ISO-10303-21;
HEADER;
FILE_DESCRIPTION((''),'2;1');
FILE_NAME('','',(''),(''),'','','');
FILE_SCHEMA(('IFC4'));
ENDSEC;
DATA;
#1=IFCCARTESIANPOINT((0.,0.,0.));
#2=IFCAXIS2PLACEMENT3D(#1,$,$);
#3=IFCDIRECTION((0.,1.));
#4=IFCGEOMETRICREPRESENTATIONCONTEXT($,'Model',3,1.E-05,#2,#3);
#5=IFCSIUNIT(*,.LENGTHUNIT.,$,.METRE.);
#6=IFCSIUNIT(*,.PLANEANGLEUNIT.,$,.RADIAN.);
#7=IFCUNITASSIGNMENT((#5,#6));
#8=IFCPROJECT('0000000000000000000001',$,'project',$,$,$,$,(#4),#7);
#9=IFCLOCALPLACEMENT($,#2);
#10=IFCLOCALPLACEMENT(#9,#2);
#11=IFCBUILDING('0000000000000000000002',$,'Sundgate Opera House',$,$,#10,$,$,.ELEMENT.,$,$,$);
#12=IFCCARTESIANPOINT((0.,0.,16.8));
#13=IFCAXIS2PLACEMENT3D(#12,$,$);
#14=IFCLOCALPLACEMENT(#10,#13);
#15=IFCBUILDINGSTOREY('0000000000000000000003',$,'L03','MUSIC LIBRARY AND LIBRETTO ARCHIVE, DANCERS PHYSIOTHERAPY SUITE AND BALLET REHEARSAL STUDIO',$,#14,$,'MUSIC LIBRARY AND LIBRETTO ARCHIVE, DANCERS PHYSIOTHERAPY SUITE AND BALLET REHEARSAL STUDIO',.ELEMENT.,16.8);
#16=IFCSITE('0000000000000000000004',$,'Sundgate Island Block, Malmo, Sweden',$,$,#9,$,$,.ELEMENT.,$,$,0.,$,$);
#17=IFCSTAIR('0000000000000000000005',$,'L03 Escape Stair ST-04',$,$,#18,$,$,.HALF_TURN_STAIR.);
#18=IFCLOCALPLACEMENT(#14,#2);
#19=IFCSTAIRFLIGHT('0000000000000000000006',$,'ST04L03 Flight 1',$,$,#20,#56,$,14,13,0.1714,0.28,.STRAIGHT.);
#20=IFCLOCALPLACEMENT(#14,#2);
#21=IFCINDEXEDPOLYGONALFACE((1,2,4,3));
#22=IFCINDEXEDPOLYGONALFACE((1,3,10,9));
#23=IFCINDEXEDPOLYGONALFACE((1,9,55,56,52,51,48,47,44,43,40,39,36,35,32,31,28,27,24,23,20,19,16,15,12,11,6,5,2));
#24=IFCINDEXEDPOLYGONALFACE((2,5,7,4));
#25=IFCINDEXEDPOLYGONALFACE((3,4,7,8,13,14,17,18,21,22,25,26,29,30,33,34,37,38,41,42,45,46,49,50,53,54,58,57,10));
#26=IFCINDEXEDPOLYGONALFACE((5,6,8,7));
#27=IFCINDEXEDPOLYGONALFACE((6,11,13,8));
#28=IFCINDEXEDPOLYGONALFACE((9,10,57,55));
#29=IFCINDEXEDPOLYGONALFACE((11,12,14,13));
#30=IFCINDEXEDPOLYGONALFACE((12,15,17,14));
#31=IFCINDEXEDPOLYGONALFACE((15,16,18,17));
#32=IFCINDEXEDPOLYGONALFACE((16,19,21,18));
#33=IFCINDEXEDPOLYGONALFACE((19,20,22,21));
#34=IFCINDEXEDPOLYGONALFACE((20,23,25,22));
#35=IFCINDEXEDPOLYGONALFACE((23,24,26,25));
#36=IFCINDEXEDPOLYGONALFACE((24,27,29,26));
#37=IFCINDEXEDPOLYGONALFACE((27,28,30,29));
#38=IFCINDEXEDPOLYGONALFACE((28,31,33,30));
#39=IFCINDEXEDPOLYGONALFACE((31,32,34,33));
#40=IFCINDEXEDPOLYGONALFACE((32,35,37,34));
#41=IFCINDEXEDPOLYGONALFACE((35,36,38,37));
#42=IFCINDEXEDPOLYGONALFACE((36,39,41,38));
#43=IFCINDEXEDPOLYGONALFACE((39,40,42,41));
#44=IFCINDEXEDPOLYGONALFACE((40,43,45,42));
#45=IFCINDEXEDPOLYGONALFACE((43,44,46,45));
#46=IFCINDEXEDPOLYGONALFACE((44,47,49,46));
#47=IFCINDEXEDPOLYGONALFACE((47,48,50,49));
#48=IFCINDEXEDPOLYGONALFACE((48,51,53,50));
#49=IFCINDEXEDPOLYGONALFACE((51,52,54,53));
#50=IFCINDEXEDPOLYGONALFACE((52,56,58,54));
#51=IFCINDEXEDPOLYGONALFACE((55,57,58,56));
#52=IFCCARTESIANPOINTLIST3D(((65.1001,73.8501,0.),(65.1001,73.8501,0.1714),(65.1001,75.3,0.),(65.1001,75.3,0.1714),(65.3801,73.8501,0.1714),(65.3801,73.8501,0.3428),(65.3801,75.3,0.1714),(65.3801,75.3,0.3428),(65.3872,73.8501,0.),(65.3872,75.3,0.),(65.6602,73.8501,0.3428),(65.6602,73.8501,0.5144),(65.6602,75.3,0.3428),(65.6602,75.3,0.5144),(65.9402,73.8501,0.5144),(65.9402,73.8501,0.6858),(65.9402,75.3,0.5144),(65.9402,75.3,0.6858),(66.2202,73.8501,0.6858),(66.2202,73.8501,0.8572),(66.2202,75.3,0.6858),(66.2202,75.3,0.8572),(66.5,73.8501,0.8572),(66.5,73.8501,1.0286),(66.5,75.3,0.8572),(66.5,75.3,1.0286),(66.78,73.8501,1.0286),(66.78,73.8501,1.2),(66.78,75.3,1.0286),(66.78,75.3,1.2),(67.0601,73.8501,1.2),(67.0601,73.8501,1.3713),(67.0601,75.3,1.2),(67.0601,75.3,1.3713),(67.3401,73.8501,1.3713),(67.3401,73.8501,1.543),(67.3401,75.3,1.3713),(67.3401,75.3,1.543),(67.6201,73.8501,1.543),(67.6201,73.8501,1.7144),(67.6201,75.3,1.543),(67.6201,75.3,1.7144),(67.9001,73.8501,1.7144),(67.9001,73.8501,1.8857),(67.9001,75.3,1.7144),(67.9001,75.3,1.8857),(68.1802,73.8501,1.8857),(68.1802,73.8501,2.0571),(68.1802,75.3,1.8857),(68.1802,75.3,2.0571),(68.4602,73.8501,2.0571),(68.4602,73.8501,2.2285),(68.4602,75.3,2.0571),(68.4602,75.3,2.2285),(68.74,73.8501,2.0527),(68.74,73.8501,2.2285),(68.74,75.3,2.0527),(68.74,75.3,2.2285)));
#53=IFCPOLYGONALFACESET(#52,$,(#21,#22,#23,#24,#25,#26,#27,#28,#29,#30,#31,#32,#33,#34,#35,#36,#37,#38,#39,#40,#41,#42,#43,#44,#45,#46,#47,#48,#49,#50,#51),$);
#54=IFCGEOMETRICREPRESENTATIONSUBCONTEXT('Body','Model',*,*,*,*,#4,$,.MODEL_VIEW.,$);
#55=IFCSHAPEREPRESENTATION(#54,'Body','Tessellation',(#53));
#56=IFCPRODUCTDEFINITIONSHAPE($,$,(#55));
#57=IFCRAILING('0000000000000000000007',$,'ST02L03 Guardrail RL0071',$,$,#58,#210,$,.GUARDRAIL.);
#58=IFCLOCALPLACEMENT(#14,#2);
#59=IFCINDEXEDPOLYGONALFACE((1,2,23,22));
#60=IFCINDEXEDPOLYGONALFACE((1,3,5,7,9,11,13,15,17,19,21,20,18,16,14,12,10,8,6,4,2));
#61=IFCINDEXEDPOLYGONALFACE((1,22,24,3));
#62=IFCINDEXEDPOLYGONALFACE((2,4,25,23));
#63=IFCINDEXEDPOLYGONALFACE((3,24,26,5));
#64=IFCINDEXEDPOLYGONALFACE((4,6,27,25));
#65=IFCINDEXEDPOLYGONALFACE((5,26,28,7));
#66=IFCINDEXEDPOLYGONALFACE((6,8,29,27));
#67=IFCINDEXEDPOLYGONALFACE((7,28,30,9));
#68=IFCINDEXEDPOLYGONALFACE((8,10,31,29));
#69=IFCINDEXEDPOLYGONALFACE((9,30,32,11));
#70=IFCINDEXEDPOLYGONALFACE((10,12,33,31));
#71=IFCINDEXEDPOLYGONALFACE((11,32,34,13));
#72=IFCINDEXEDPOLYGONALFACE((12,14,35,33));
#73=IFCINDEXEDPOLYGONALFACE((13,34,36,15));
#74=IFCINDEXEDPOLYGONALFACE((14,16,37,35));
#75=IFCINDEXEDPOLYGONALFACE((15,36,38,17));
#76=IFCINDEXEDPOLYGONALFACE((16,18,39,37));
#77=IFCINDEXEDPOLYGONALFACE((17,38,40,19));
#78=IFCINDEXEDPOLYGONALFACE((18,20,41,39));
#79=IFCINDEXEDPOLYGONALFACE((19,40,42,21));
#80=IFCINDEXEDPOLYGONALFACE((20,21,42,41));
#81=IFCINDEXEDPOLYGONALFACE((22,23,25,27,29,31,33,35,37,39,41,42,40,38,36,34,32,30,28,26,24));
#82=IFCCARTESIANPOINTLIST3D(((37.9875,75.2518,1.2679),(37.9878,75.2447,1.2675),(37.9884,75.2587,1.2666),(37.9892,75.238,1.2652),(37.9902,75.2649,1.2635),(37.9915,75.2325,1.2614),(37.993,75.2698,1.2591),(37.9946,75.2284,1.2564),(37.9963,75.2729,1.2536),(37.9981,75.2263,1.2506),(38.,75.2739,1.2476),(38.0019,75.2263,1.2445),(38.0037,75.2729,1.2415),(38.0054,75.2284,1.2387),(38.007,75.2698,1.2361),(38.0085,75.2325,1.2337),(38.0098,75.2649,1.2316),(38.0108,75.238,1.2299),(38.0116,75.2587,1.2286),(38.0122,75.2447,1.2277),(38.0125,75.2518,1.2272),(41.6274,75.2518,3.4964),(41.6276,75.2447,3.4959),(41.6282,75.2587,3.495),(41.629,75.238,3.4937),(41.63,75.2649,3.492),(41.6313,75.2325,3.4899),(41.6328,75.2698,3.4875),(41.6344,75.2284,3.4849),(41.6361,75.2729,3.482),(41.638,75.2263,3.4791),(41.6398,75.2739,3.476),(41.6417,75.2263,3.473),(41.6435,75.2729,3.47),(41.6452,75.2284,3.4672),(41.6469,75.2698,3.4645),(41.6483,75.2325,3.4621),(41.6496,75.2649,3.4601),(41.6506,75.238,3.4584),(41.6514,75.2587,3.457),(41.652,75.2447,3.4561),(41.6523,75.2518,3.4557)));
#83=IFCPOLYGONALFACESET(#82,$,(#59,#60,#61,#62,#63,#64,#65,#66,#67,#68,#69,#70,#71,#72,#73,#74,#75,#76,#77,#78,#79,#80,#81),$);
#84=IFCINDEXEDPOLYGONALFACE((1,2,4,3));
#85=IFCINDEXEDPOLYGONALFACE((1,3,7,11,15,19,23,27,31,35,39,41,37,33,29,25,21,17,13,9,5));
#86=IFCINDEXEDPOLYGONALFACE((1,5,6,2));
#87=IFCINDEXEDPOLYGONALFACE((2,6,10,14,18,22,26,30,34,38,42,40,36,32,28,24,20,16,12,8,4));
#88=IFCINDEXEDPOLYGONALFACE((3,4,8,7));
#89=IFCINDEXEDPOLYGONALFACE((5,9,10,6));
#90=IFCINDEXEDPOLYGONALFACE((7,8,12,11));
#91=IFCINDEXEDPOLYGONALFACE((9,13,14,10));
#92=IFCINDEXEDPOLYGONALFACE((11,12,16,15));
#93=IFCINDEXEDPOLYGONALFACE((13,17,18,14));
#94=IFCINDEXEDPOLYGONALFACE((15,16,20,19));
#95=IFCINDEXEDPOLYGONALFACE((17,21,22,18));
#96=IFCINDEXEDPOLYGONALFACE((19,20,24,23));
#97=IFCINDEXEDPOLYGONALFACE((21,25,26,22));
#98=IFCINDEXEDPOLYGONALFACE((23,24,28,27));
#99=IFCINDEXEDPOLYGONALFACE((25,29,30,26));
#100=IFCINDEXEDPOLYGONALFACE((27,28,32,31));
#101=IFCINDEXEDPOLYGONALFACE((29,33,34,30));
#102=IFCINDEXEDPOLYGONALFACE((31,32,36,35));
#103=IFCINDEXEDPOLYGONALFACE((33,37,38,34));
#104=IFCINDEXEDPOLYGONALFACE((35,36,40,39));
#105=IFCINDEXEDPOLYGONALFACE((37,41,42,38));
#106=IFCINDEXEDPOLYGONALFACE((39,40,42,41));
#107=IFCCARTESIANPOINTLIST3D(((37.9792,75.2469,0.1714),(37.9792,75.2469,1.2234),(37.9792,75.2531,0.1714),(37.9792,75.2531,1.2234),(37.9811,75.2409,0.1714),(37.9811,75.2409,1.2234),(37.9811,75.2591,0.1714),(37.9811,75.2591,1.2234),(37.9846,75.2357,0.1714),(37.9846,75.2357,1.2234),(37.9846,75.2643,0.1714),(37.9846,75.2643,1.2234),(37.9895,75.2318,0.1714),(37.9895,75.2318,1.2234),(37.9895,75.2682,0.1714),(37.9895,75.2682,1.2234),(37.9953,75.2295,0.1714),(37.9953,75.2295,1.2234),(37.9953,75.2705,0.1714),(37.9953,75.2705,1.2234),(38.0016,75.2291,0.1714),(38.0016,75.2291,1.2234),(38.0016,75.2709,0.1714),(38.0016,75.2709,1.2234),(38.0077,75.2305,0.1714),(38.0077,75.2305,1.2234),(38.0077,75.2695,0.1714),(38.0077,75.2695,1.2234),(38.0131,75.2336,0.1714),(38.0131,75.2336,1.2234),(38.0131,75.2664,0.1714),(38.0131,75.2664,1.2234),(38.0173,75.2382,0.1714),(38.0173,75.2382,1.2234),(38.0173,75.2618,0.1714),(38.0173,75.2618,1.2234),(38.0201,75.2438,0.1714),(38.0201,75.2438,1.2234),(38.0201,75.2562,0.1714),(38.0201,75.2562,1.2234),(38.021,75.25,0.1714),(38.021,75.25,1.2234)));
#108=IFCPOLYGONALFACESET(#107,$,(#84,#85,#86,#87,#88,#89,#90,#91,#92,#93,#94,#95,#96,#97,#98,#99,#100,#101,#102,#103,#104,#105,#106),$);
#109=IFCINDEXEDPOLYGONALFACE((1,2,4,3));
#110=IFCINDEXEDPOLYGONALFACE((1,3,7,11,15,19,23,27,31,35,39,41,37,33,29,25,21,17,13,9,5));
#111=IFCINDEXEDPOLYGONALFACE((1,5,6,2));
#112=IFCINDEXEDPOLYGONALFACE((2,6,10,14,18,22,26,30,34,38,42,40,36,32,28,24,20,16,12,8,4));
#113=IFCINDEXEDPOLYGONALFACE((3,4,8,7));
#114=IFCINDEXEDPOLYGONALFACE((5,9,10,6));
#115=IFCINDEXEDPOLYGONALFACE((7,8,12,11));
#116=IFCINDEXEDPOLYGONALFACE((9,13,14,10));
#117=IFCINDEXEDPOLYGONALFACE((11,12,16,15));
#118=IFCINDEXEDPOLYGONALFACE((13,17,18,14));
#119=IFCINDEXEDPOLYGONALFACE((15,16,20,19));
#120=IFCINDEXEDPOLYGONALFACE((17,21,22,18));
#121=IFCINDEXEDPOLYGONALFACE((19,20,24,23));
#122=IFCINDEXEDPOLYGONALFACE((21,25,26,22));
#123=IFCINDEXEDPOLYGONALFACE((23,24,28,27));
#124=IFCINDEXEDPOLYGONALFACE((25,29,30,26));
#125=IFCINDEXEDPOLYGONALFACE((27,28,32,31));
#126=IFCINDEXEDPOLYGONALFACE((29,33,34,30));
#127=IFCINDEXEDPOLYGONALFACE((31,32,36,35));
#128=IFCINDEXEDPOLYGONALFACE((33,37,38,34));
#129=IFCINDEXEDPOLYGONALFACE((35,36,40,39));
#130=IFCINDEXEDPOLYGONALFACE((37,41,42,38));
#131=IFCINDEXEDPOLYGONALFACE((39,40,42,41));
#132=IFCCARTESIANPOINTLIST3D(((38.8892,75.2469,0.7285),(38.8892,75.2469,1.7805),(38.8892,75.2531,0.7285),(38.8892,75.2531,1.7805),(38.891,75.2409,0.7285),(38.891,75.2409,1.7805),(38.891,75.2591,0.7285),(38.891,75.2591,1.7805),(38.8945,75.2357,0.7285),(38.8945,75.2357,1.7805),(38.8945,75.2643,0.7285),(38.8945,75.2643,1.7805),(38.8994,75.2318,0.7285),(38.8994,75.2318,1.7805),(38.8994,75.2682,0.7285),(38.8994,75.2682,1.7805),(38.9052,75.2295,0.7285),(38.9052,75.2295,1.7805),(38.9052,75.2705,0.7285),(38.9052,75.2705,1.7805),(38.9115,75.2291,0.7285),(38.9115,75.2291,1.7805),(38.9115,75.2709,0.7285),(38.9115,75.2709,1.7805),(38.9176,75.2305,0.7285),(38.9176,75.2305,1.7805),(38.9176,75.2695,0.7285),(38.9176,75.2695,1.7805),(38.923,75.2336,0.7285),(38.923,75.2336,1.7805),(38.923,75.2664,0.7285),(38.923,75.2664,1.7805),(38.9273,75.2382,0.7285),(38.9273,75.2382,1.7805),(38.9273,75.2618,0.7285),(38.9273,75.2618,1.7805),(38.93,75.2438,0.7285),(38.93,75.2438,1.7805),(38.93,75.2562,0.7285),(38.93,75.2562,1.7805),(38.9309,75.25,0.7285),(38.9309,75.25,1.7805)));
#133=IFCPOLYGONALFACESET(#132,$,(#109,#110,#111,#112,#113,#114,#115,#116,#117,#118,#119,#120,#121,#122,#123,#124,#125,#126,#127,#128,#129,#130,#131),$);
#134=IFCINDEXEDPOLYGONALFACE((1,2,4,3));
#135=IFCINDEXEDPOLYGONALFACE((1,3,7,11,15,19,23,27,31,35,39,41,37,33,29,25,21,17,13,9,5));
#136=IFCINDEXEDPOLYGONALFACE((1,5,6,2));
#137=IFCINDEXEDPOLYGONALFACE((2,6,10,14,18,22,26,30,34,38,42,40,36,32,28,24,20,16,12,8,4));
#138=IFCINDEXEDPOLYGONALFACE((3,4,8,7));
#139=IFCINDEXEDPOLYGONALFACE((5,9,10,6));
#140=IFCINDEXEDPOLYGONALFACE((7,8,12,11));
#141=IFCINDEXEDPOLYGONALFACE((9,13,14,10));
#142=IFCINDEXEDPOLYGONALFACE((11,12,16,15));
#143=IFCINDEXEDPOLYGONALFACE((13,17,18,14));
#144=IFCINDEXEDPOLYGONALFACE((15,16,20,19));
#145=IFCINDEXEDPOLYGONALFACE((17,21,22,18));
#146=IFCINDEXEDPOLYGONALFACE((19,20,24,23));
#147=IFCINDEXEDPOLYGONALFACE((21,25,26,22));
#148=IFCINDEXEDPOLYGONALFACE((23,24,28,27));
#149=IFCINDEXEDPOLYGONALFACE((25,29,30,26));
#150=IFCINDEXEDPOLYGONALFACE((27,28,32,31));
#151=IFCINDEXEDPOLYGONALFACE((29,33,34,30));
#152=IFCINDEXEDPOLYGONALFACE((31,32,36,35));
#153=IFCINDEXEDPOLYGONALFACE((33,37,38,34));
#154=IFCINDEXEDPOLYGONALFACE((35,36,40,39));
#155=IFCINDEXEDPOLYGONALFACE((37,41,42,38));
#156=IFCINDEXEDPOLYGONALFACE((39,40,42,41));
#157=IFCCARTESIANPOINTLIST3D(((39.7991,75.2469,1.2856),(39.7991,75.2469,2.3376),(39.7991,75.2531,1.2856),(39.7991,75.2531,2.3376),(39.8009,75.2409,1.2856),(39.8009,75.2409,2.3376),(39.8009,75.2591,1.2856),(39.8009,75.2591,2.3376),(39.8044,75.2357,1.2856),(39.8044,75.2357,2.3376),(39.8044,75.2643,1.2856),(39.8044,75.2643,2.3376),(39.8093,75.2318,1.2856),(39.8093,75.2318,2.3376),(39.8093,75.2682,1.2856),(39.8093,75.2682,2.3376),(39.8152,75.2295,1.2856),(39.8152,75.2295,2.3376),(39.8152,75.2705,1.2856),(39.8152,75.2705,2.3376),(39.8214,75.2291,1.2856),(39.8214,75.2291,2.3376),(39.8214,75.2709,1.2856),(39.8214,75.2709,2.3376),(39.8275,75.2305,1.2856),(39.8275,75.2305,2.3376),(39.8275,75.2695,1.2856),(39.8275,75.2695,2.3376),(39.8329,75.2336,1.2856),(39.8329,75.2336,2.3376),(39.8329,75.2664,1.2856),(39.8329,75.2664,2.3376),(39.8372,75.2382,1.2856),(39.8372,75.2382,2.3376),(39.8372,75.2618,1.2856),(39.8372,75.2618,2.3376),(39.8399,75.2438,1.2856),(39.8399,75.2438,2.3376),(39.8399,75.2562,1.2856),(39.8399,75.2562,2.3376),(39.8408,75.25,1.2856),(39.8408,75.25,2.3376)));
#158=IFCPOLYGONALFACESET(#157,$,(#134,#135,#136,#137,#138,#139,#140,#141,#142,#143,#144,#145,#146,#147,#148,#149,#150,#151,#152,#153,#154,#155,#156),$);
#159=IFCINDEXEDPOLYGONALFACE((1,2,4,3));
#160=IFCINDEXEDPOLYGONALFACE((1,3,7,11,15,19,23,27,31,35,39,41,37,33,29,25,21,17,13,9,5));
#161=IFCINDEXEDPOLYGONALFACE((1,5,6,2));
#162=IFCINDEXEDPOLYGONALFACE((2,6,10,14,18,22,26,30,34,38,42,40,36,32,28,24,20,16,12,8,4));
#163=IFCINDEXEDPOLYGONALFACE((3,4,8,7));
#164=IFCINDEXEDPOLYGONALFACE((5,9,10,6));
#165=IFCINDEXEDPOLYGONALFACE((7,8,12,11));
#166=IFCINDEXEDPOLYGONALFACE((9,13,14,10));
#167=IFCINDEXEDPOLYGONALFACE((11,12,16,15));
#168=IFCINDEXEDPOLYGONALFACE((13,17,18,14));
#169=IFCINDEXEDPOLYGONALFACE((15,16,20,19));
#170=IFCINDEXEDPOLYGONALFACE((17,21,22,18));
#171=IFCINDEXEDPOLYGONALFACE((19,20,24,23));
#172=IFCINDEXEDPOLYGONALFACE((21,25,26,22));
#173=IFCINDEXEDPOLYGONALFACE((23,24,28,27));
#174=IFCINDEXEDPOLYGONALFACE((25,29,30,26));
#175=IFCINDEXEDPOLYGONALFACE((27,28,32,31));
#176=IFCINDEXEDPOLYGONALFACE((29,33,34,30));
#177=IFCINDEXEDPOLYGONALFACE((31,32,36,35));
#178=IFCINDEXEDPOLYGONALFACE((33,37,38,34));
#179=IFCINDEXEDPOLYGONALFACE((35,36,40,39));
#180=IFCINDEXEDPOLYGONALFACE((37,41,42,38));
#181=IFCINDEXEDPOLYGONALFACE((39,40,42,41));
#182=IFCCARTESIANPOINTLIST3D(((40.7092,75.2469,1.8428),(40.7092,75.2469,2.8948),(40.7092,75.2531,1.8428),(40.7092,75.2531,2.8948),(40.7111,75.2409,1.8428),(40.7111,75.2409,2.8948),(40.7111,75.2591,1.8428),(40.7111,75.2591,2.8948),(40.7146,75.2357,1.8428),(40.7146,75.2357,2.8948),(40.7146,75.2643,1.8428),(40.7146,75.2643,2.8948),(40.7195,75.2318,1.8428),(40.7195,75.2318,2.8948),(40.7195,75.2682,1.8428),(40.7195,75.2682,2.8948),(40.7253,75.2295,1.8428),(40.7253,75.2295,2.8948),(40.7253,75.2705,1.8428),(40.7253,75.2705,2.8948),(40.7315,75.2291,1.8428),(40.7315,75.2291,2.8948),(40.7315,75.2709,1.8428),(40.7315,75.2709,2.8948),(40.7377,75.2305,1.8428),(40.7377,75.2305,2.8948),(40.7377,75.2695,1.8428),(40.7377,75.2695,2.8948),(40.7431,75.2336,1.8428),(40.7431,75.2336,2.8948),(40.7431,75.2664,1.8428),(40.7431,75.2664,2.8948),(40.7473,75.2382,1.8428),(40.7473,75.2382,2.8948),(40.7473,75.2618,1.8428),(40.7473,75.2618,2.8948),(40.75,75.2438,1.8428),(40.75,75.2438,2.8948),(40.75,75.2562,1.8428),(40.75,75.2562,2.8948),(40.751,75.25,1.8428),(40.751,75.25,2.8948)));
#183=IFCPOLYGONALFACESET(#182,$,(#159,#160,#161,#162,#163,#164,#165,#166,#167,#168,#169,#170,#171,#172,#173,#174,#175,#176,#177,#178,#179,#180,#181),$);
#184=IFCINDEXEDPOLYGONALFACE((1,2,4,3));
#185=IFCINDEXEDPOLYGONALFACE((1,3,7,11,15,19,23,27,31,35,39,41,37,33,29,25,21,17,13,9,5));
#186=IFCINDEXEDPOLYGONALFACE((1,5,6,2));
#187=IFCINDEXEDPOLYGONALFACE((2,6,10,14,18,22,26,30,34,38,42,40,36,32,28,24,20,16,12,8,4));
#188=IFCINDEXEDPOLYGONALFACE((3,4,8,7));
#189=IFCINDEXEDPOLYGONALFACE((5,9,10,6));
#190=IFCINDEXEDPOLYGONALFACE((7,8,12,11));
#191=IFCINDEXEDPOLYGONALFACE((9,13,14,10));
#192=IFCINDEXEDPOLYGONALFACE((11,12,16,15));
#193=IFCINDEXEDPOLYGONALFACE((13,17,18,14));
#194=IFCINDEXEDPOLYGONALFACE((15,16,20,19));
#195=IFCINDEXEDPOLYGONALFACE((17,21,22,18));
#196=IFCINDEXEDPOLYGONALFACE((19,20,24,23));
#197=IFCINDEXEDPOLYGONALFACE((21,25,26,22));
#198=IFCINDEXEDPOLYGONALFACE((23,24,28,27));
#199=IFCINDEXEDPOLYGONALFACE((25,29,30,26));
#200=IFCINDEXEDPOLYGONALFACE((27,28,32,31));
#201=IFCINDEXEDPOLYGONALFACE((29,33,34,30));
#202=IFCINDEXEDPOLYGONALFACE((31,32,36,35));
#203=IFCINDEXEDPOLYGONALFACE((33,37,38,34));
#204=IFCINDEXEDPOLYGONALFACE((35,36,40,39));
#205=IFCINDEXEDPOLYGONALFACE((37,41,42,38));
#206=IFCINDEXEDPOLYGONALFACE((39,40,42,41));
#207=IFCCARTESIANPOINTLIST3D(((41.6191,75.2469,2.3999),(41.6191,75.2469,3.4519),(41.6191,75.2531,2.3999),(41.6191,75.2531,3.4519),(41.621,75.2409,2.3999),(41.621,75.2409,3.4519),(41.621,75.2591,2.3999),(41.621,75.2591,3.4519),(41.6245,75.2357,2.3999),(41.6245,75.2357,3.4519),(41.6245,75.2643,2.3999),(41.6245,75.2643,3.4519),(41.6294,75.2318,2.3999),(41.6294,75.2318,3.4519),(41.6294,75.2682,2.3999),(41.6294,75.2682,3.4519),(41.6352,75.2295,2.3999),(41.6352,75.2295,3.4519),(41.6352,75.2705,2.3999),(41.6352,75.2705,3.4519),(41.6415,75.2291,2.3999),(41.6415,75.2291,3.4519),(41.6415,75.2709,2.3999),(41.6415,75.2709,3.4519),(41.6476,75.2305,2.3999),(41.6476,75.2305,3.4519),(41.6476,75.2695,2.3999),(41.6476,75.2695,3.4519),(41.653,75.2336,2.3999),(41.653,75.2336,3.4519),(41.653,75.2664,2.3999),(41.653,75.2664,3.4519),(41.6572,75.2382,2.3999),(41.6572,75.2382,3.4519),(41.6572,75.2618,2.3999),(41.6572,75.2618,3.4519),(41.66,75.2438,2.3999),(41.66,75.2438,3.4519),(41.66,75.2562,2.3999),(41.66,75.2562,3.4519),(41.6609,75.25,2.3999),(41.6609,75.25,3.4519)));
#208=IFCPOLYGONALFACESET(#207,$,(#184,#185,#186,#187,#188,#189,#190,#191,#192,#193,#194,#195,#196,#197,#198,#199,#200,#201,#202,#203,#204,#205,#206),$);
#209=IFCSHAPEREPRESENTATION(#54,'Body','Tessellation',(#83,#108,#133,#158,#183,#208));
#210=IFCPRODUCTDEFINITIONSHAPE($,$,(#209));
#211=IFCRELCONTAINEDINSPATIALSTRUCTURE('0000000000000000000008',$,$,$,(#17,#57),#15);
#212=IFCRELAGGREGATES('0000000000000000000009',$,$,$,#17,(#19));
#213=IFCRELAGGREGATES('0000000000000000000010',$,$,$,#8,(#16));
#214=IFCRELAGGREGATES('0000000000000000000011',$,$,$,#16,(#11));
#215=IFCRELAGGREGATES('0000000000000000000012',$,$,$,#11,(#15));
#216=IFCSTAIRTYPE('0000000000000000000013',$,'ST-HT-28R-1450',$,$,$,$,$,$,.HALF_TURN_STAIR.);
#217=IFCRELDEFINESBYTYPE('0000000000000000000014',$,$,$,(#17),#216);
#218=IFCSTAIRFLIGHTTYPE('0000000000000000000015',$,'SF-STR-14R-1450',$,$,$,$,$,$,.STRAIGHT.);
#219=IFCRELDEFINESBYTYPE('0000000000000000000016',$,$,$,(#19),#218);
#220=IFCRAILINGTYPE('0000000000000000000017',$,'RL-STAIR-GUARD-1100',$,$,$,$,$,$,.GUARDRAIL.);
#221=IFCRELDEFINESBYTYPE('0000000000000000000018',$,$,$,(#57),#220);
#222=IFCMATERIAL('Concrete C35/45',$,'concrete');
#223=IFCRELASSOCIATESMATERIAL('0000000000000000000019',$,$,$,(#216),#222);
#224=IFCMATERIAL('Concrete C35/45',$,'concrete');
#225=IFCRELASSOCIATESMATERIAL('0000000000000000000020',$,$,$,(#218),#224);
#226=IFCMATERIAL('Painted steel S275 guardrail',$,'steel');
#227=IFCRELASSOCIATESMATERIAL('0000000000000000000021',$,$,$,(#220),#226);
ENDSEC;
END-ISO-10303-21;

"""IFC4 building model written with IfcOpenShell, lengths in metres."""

from ifc_helpers import new_model, si_unit, direction, frame, origin, origin_2d, place, context, subcontext, project, spatial, polyline, circle, outline, extrude, material, type_object, element, aggregate, save


model = new_model("IFC4")

# Units and contexts
model_context = context("Model", 3, precision=1e-05, world=origin(), true_north=direction((0.0, 1.0)))
body_context = subcontext(model_context, "Body", "Model", "MODEL_VIEW")
ifc_project = project(units=[si_unit("LENGTHUNIT", "METRE"), si_unit("PLANEANGLEUNIT", "RADIAN")], contexts=[model_context])

# Site, building, storey
site_placement = place(None, origin())
site = spatial("IfcSite", under=ifc_project, at=site_placement, Name="Sundgate Island Block, Malmo, Sweden", CompositionType="ELEMENT", RefElevation=0.0)
building_placement = place(site_placement, origin())
building = spatial("IfcBuilding", under=site, at=building_placement, Name="Sundgate Opera House", CompositionType="ELEMENT")
storey_placement = place(building_placement, frame((0.0, 0.0, 16.8)))
storey = spatial("IfcBuildingStorey", under=building, at=storey_placement, Name="L03", Description="MUSIC LIBRARY AND LIBRETTO ARCHIVE, DANCERS PHYSIOTHERAPY SUITE AND BALLET REHEARSAL STUDIO", LongName="MUSIC LIBRARY AND LIBRETTO ARCHIVE, DANCERS PHYSIOTHERAPY SUITE AND BALLET REHEARSAL STUDIO", CompositionType="ELEMENT", Elevation=16.8)

# Shared definitions
ifc_material_1 = material(Name="Concrete C35/45", Category="concrete")
stair_type = type_object("IfcStairType", Name="ST-HT-28R-1450", PredefinedType="HALF_TURN_STAIR", material=ifc_material_1)
ifc_material_2 = material(Name="Concrete C35/45", Category="concrete")
stair_flight_type = type_object("IfcStairFlightType", Name="SF-STR-14R-1450", PredefinedType="STRAIGHT", material=ifc_material_2)

# Stair, stair flight
stair_1_placement = place(storey_placement, origin())
stair_1 = element("IfcStair", 1, at=stair_1_placement, inside=storey, type_object=stair_type, Name="L03 Escape Stair ST-04", PredefinedType="HALF_TURN_STAIR")
stair_flight_1_placement = place(storey_placement, frame((65.1001, 74.575, 0.0), z_axis=(0.0, 0.0, 1.0), x_axis=(1.0, 0.0, 0.0)))
stair_flight_1 = element("IfcStairFlight", 2, at=stair_flight_1_placement, type_object=stair_flight_type, Name="ST04L03 Flight 1", NumberOfRisers=14, NumberOfTreads=13, PredefinedType="STRAIGHT", RiserHeight=0.1714, TreadLength=0.28, context=body_context, shape_type="SweptSolid", body=[
    extrude(outline(polyline([(0.0, 0.0), (0.0, 0.1714), (0.28, 0.1714), (0.28, 0.3428), (0.5601, 0.3428), (0.5601, 0.5144), (0.8401, 0.5144), (0.8401, 0.6858), (1.1201, 0.6858), (1.1201, 0.8572), (1.3999, 0.8572), (1.3999, 1.0286), (1.6799, 1.0286), (1.6799, 1.2), (1.96, 1.2), (1.96, 1.3713), (2.24, 1.3713), (2.24, 1.543), (2.52, 1.543), (2.52, 1.7144), (2.8, 1.7144), (2.8, 1.8857), (3.0801, 1.8857), (3.0801, 2.0571), (3.3601, 2.0571), (3.3601, 2.2285), (3.6399, 2.2285), (3.6399, 2.3999), (3.6399, 2.0527), (0.2871, 0.0), (0.0, 0.0)])), frame((0.0, 0.7251, 0.0), z_axis=(0.0, -1.0, 0.0), x_axis=(1.0, 0.0, 0.0)), (0.0, 0.0, 1.0), 1.45),
])
aggregate(stair_1, [stair_flight_1])

# Railing
ifc_material_3 = material(Name="Painted steel S275 guardrail", Category="steel")
railing_type_1 = type_object("IfcRailingType", Name="RL-STAIR-GUARD-1100", PredefinedType="GUARDRAIL", material=ifc_material_3)
railing_1_placement = place(storey_placement, frame((38.0, 75.25, 0.1714)))
element("IfcRailing", 3, at=railing_1_placement, inside=storey, type_object=railing_type_1, Name="ST02L03 Guardrail RL0071", PredefinedType="GUARDRAIL", context=body_context, shape_type="SweptSolid", body=[
    extrude(circle(Radius=0.0239, at=origin_2d()), frame((0.0, 0.0, 1.0762), z_axis=(0.85285, 0.0, 0.522156), x_axis=(0.0, 1.0, 0.0)), (0.0, 0.0, 1.0), 4.2678),
    extrude(circle(Radius=0.021, at=origin_2d()), origin(), (0.0, 0.0, 1.0), 1.052),
    extrude(circle(Radius=0.021, at=origin_2d()), frame((0.9099, 0.0, 0.5571)), (0.0, 0.0, 1.0), 1.052),
    extrude(circle(Radius=0.021, at=origin_2d()), frame((1.8198, 0.0, 1.1143)), (0.0, 0.0, 1.0), 1.052),
    extrude(circle(Radius=0.021, at=origin_2d()), frame((2.73, 0.0, 1.6714)), (0.0, 0.0, 1.0), 1.052),
    extrude(circle(Radius=0.021, at=origin_2d()), frame((3.6399, 0.0, 2.2285)), (0.0, 0.0, 1.0), 1.052),
])

save(model, "model.ifc")
